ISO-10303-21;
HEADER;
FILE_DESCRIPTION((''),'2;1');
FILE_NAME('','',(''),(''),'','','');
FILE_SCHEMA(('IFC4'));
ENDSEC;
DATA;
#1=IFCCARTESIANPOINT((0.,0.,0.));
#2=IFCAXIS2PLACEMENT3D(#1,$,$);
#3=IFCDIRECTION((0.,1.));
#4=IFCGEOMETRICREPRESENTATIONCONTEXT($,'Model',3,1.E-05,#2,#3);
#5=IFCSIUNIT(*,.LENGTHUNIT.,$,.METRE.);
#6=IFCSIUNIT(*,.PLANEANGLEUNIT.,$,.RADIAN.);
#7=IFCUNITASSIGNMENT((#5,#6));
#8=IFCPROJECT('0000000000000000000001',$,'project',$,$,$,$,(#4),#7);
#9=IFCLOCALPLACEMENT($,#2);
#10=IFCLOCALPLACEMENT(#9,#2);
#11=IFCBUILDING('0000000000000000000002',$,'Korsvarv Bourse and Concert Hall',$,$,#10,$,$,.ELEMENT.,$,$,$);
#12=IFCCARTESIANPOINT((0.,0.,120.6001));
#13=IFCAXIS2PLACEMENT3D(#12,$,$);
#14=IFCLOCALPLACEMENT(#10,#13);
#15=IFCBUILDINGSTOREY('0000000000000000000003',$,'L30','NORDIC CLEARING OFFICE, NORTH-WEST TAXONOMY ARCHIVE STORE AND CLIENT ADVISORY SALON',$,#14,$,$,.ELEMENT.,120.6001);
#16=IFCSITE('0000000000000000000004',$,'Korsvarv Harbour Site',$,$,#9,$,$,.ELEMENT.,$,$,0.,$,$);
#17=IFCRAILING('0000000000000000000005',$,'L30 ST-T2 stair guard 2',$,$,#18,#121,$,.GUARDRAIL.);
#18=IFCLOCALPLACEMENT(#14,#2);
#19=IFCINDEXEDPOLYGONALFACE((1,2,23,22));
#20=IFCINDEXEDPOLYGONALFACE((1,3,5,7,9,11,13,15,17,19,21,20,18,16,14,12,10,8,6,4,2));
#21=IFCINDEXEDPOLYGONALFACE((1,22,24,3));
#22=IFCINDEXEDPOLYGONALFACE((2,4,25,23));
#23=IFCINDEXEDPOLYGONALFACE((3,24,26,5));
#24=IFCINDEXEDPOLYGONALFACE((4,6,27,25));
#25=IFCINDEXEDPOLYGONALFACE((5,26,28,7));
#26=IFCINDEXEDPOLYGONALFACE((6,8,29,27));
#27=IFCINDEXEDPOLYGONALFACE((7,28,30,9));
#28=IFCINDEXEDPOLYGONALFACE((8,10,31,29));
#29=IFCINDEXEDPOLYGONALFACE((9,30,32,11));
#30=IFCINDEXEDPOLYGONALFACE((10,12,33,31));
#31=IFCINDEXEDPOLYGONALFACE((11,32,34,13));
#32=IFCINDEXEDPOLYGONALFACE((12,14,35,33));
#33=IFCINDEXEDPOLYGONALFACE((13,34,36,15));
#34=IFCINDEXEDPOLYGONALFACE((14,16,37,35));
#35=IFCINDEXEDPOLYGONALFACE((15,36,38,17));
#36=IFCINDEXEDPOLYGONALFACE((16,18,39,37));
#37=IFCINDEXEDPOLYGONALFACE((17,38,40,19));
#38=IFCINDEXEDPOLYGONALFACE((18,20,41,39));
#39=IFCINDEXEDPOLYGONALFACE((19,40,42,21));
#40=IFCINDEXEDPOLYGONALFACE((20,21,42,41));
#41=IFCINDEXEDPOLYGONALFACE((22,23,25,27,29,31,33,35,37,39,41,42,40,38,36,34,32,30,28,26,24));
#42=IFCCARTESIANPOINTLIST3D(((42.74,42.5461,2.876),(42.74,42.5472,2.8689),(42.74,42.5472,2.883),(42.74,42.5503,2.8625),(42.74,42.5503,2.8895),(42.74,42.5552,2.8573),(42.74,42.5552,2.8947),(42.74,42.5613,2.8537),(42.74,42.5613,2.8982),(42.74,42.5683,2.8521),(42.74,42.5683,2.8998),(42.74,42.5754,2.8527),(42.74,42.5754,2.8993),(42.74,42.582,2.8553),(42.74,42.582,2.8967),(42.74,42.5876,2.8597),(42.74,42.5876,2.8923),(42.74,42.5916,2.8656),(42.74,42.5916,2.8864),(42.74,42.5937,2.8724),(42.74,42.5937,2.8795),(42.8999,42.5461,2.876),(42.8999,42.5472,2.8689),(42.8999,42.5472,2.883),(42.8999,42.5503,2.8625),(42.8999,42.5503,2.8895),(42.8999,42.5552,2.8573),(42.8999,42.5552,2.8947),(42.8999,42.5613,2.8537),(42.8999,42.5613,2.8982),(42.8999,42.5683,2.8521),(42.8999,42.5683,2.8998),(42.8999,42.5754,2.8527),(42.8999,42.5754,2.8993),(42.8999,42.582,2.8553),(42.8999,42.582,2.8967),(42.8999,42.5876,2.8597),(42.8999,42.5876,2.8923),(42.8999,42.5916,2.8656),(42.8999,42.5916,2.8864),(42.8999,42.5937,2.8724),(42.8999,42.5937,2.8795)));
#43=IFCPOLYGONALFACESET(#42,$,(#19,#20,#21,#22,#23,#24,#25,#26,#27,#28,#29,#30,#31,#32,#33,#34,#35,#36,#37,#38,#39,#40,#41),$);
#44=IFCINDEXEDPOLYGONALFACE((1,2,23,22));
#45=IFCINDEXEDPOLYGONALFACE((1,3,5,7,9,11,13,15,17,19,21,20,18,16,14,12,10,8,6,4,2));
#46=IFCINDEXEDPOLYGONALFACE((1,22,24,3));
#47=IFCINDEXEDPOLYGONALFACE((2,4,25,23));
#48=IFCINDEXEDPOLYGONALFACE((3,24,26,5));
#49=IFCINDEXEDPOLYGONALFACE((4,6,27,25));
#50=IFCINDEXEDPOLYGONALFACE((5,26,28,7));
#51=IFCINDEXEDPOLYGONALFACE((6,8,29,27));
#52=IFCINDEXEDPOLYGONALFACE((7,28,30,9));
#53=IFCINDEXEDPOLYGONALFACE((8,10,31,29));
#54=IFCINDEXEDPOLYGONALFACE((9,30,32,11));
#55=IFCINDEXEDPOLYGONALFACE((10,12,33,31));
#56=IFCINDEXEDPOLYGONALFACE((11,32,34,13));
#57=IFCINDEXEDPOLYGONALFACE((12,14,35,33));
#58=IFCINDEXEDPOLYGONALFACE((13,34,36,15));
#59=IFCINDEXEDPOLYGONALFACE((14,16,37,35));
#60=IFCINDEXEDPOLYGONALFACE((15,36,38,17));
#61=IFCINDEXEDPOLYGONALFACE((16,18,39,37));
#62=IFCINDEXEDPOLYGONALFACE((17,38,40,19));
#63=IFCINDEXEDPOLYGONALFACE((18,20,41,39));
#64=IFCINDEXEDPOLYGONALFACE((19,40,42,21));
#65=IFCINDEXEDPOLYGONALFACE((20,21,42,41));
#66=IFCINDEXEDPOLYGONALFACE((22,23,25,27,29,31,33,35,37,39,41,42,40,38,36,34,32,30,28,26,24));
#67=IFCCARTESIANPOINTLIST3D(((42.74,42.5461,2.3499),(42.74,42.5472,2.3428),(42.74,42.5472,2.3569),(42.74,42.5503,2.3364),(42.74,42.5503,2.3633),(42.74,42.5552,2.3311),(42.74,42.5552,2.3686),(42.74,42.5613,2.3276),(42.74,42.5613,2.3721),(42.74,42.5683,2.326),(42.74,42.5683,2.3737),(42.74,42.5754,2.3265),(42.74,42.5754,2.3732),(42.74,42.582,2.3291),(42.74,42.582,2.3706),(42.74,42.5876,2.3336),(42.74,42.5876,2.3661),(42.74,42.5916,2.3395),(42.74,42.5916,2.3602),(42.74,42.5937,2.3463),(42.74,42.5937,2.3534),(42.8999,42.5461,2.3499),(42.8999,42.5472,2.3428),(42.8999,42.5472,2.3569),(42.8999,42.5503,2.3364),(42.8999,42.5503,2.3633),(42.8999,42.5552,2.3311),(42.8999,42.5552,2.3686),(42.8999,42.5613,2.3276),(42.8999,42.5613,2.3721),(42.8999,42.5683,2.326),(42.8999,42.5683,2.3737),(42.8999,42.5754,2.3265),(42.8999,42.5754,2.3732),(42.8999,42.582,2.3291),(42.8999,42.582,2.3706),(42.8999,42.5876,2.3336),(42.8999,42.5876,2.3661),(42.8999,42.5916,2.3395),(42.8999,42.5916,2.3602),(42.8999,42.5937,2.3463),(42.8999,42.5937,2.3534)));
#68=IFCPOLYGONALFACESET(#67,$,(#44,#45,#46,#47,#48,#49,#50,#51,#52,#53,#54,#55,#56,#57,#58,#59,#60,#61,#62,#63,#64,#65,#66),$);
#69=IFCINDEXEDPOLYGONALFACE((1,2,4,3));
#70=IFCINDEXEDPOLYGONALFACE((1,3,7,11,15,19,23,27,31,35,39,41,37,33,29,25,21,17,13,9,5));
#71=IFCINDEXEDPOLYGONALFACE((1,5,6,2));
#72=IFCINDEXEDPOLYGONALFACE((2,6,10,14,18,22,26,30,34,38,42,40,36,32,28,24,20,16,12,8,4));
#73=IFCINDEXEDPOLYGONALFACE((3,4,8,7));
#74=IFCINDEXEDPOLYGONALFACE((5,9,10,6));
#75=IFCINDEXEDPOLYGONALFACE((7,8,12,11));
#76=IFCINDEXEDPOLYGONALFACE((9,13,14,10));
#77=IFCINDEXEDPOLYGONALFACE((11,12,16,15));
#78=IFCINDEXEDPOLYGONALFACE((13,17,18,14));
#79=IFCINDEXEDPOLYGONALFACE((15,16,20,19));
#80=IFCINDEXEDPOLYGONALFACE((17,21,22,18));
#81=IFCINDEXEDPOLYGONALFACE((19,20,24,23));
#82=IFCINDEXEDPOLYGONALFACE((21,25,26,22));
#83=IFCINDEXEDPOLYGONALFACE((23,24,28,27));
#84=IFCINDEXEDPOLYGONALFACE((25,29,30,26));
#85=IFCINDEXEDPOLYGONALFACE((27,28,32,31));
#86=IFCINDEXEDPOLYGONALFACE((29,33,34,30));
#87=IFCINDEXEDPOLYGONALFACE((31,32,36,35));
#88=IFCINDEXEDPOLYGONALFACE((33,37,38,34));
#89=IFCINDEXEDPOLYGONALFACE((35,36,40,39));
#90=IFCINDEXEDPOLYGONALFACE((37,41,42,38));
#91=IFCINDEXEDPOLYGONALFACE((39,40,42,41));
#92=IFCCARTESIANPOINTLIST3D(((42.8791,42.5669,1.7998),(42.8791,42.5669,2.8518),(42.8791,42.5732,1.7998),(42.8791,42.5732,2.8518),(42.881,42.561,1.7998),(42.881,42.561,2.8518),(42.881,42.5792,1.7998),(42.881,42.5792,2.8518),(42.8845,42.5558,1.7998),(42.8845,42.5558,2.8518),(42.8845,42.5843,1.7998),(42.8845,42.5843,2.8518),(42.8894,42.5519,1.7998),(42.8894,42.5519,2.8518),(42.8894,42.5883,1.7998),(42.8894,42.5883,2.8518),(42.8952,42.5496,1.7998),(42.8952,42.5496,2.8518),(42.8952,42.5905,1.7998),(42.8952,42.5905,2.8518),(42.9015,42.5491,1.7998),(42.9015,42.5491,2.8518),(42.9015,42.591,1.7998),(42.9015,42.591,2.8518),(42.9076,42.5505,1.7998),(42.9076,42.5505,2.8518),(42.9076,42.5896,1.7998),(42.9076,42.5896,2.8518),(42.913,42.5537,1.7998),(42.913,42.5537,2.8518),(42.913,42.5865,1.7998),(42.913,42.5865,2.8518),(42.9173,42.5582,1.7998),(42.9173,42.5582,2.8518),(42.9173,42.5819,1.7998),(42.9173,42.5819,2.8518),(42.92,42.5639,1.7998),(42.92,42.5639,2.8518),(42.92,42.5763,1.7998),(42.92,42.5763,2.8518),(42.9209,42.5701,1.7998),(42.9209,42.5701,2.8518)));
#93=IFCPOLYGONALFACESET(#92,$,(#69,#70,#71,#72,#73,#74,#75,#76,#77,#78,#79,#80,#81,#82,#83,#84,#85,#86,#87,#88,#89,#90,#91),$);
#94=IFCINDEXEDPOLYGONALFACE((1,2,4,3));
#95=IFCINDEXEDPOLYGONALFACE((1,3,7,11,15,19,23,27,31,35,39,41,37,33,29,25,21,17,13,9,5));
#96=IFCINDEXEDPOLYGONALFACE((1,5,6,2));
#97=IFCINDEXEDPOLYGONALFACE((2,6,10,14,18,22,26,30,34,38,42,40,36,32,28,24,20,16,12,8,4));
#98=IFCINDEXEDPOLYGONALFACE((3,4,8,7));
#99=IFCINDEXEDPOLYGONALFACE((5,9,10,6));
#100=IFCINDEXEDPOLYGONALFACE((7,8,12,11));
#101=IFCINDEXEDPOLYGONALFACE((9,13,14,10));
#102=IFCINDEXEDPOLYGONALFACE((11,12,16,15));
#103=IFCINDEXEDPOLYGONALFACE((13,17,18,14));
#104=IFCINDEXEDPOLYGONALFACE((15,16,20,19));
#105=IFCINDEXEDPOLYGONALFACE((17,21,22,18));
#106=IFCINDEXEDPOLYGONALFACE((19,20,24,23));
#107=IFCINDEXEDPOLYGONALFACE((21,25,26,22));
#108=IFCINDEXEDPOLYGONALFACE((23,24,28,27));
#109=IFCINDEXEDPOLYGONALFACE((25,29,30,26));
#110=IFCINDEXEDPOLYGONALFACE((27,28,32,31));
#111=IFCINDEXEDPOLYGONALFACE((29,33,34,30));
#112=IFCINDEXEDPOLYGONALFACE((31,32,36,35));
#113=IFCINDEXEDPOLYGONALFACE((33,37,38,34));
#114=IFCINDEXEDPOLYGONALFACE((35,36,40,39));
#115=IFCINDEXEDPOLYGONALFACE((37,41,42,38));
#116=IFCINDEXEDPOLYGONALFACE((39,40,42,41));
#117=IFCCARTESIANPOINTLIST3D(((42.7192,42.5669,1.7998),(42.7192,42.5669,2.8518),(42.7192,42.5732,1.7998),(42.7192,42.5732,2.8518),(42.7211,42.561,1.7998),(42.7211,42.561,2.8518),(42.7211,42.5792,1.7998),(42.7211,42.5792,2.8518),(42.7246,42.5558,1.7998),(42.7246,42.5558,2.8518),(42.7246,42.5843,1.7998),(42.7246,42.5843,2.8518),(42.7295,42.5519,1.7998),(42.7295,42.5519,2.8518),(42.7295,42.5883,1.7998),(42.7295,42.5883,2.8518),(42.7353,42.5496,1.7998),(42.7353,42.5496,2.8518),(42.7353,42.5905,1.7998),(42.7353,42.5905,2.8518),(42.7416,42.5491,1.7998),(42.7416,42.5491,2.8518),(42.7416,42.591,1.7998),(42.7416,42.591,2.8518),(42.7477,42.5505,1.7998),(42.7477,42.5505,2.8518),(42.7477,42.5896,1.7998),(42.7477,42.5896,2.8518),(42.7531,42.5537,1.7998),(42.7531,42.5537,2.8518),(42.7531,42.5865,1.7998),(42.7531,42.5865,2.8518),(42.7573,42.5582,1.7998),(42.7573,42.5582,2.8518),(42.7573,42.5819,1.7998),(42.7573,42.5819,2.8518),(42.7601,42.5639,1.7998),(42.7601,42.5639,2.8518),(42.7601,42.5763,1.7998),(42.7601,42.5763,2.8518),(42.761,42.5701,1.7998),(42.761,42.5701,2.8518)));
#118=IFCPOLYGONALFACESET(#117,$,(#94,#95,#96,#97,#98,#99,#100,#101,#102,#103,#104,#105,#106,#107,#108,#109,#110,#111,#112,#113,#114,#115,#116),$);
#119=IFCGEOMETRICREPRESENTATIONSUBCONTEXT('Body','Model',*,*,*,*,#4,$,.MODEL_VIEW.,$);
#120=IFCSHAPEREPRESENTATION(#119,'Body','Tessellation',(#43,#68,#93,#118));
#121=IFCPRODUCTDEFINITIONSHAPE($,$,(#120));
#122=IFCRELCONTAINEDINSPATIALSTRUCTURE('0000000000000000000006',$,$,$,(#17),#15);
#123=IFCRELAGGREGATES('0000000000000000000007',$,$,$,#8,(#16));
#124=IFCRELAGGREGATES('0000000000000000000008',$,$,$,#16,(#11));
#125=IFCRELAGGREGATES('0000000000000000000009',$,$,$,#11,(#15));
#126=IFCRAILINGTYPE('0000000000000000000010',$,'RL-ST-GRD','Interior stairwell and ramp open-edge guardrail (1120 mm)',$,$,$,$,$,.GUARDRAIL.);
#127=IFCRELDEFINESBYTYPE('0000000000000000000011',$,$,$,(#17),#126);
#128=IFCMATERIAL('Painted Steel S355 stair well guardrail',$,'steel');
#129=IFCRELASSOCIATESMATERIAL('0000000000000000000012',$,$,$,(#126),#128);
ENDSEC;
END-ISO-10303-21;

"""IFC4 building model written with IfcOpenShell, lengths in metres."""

from ifc_helpers import new_model, si_unit, direction, frame, origin, origin_2d, place, context, subcontext, project, spatial, circle, extrude, material, type_object, element, save


model = new_model("IFC4")

# Units and contexts
model_context = context("Model", 3, precision=1e-05, world=origin(), true_north=direction((0.0, 1.0)))
body_context = subcontext(model_context, "Body", "Model", "MODEL_VIEW")
ifc_project = project(units=[si_unit("LENGTHUNIT", "METRE"), si_unit("PLANEANGLEUNIT", "RADIAN")], contexts=[model_context])

# Site, building, storey
site_placement = place(None, origin())
site = spatial("IfcSite", under=ifc_project, at=site_placement, Name="Korsvarv Harbour Site", CompositionType="ELEMENT", RefElevation=0.0)
building_placement = place(site_placement, origin())
building = spatial("IfcBuilding", under=site, at=building_placement, Name="Korsvarv Bourse and Concert Hall", CompositionType="ELEMENT")
storey_placement = place(building_placement, frame((0.0, 0.0, 120.6001)))
storey = spatial("IfcBuildingStorey", under=building, at=storey_placement, Name="L30", Description="NORDIC CLEARING OFFICE, NORTH-WEST TAXONOMY ARCHIVE STORE AND CLIENT ADVISORY SALON", CompositionType="ELEMENT", Elevation=120.6001)

# Railing
ifc_material_1 = material(Name="Painted Steel S355 stair well guardrail", Category="steel")
railing_type_1 = type_object("IfcRailingType", Name="RL-ST-GRD", Description="Interior stairwell and ramp open-edge guardrail (1120 mm)", PredefinedType="GUARDRAIL", material=ifc_material_1)
railing_1_placement = place(storey_placement, frame((42.8999, 42.5701, 1.7998)))
element("IfcRailing", 1, at=railing_1_placement, inside=storey, type_object=railing_type_1, Name="L30 ST-T2 stair guard 2", PredefinedType="GUARDRAIL", context=body_context, shape_type="SweptSolid", body=[
    extrude(circle(Radius=0.0239, at=origin_2d()), frame((0.0, 0.0, 1.0762), z_axis=(-1.0, 0.0, 0.0), x_axis=(0.0, -1.0, 0.0)), (0.0, 0.0, 1.0), 0.1599),
    extrude(circle(Radius=0.0239, at=origin_2d()), frame((0.0, 0.0, 0.55), z_axis=(-1.0, 0.0, 0.0), x_axis=(0.0, -1.0, 0.0)), (0.0, 0.0, 1.0), 0.1599),
    extrude(circle(Radius=0.021, at=origin_2d()), origin(), (0.0, 0.0, 1.0), 1.052),
    extrude(circle(Radius=0.021, at=origin_2d()), frame((-0.1599, 0.0, 0.0)), (0.0, 0.0, 1.0), 1.052),
])

save(model, "model.ifc")
